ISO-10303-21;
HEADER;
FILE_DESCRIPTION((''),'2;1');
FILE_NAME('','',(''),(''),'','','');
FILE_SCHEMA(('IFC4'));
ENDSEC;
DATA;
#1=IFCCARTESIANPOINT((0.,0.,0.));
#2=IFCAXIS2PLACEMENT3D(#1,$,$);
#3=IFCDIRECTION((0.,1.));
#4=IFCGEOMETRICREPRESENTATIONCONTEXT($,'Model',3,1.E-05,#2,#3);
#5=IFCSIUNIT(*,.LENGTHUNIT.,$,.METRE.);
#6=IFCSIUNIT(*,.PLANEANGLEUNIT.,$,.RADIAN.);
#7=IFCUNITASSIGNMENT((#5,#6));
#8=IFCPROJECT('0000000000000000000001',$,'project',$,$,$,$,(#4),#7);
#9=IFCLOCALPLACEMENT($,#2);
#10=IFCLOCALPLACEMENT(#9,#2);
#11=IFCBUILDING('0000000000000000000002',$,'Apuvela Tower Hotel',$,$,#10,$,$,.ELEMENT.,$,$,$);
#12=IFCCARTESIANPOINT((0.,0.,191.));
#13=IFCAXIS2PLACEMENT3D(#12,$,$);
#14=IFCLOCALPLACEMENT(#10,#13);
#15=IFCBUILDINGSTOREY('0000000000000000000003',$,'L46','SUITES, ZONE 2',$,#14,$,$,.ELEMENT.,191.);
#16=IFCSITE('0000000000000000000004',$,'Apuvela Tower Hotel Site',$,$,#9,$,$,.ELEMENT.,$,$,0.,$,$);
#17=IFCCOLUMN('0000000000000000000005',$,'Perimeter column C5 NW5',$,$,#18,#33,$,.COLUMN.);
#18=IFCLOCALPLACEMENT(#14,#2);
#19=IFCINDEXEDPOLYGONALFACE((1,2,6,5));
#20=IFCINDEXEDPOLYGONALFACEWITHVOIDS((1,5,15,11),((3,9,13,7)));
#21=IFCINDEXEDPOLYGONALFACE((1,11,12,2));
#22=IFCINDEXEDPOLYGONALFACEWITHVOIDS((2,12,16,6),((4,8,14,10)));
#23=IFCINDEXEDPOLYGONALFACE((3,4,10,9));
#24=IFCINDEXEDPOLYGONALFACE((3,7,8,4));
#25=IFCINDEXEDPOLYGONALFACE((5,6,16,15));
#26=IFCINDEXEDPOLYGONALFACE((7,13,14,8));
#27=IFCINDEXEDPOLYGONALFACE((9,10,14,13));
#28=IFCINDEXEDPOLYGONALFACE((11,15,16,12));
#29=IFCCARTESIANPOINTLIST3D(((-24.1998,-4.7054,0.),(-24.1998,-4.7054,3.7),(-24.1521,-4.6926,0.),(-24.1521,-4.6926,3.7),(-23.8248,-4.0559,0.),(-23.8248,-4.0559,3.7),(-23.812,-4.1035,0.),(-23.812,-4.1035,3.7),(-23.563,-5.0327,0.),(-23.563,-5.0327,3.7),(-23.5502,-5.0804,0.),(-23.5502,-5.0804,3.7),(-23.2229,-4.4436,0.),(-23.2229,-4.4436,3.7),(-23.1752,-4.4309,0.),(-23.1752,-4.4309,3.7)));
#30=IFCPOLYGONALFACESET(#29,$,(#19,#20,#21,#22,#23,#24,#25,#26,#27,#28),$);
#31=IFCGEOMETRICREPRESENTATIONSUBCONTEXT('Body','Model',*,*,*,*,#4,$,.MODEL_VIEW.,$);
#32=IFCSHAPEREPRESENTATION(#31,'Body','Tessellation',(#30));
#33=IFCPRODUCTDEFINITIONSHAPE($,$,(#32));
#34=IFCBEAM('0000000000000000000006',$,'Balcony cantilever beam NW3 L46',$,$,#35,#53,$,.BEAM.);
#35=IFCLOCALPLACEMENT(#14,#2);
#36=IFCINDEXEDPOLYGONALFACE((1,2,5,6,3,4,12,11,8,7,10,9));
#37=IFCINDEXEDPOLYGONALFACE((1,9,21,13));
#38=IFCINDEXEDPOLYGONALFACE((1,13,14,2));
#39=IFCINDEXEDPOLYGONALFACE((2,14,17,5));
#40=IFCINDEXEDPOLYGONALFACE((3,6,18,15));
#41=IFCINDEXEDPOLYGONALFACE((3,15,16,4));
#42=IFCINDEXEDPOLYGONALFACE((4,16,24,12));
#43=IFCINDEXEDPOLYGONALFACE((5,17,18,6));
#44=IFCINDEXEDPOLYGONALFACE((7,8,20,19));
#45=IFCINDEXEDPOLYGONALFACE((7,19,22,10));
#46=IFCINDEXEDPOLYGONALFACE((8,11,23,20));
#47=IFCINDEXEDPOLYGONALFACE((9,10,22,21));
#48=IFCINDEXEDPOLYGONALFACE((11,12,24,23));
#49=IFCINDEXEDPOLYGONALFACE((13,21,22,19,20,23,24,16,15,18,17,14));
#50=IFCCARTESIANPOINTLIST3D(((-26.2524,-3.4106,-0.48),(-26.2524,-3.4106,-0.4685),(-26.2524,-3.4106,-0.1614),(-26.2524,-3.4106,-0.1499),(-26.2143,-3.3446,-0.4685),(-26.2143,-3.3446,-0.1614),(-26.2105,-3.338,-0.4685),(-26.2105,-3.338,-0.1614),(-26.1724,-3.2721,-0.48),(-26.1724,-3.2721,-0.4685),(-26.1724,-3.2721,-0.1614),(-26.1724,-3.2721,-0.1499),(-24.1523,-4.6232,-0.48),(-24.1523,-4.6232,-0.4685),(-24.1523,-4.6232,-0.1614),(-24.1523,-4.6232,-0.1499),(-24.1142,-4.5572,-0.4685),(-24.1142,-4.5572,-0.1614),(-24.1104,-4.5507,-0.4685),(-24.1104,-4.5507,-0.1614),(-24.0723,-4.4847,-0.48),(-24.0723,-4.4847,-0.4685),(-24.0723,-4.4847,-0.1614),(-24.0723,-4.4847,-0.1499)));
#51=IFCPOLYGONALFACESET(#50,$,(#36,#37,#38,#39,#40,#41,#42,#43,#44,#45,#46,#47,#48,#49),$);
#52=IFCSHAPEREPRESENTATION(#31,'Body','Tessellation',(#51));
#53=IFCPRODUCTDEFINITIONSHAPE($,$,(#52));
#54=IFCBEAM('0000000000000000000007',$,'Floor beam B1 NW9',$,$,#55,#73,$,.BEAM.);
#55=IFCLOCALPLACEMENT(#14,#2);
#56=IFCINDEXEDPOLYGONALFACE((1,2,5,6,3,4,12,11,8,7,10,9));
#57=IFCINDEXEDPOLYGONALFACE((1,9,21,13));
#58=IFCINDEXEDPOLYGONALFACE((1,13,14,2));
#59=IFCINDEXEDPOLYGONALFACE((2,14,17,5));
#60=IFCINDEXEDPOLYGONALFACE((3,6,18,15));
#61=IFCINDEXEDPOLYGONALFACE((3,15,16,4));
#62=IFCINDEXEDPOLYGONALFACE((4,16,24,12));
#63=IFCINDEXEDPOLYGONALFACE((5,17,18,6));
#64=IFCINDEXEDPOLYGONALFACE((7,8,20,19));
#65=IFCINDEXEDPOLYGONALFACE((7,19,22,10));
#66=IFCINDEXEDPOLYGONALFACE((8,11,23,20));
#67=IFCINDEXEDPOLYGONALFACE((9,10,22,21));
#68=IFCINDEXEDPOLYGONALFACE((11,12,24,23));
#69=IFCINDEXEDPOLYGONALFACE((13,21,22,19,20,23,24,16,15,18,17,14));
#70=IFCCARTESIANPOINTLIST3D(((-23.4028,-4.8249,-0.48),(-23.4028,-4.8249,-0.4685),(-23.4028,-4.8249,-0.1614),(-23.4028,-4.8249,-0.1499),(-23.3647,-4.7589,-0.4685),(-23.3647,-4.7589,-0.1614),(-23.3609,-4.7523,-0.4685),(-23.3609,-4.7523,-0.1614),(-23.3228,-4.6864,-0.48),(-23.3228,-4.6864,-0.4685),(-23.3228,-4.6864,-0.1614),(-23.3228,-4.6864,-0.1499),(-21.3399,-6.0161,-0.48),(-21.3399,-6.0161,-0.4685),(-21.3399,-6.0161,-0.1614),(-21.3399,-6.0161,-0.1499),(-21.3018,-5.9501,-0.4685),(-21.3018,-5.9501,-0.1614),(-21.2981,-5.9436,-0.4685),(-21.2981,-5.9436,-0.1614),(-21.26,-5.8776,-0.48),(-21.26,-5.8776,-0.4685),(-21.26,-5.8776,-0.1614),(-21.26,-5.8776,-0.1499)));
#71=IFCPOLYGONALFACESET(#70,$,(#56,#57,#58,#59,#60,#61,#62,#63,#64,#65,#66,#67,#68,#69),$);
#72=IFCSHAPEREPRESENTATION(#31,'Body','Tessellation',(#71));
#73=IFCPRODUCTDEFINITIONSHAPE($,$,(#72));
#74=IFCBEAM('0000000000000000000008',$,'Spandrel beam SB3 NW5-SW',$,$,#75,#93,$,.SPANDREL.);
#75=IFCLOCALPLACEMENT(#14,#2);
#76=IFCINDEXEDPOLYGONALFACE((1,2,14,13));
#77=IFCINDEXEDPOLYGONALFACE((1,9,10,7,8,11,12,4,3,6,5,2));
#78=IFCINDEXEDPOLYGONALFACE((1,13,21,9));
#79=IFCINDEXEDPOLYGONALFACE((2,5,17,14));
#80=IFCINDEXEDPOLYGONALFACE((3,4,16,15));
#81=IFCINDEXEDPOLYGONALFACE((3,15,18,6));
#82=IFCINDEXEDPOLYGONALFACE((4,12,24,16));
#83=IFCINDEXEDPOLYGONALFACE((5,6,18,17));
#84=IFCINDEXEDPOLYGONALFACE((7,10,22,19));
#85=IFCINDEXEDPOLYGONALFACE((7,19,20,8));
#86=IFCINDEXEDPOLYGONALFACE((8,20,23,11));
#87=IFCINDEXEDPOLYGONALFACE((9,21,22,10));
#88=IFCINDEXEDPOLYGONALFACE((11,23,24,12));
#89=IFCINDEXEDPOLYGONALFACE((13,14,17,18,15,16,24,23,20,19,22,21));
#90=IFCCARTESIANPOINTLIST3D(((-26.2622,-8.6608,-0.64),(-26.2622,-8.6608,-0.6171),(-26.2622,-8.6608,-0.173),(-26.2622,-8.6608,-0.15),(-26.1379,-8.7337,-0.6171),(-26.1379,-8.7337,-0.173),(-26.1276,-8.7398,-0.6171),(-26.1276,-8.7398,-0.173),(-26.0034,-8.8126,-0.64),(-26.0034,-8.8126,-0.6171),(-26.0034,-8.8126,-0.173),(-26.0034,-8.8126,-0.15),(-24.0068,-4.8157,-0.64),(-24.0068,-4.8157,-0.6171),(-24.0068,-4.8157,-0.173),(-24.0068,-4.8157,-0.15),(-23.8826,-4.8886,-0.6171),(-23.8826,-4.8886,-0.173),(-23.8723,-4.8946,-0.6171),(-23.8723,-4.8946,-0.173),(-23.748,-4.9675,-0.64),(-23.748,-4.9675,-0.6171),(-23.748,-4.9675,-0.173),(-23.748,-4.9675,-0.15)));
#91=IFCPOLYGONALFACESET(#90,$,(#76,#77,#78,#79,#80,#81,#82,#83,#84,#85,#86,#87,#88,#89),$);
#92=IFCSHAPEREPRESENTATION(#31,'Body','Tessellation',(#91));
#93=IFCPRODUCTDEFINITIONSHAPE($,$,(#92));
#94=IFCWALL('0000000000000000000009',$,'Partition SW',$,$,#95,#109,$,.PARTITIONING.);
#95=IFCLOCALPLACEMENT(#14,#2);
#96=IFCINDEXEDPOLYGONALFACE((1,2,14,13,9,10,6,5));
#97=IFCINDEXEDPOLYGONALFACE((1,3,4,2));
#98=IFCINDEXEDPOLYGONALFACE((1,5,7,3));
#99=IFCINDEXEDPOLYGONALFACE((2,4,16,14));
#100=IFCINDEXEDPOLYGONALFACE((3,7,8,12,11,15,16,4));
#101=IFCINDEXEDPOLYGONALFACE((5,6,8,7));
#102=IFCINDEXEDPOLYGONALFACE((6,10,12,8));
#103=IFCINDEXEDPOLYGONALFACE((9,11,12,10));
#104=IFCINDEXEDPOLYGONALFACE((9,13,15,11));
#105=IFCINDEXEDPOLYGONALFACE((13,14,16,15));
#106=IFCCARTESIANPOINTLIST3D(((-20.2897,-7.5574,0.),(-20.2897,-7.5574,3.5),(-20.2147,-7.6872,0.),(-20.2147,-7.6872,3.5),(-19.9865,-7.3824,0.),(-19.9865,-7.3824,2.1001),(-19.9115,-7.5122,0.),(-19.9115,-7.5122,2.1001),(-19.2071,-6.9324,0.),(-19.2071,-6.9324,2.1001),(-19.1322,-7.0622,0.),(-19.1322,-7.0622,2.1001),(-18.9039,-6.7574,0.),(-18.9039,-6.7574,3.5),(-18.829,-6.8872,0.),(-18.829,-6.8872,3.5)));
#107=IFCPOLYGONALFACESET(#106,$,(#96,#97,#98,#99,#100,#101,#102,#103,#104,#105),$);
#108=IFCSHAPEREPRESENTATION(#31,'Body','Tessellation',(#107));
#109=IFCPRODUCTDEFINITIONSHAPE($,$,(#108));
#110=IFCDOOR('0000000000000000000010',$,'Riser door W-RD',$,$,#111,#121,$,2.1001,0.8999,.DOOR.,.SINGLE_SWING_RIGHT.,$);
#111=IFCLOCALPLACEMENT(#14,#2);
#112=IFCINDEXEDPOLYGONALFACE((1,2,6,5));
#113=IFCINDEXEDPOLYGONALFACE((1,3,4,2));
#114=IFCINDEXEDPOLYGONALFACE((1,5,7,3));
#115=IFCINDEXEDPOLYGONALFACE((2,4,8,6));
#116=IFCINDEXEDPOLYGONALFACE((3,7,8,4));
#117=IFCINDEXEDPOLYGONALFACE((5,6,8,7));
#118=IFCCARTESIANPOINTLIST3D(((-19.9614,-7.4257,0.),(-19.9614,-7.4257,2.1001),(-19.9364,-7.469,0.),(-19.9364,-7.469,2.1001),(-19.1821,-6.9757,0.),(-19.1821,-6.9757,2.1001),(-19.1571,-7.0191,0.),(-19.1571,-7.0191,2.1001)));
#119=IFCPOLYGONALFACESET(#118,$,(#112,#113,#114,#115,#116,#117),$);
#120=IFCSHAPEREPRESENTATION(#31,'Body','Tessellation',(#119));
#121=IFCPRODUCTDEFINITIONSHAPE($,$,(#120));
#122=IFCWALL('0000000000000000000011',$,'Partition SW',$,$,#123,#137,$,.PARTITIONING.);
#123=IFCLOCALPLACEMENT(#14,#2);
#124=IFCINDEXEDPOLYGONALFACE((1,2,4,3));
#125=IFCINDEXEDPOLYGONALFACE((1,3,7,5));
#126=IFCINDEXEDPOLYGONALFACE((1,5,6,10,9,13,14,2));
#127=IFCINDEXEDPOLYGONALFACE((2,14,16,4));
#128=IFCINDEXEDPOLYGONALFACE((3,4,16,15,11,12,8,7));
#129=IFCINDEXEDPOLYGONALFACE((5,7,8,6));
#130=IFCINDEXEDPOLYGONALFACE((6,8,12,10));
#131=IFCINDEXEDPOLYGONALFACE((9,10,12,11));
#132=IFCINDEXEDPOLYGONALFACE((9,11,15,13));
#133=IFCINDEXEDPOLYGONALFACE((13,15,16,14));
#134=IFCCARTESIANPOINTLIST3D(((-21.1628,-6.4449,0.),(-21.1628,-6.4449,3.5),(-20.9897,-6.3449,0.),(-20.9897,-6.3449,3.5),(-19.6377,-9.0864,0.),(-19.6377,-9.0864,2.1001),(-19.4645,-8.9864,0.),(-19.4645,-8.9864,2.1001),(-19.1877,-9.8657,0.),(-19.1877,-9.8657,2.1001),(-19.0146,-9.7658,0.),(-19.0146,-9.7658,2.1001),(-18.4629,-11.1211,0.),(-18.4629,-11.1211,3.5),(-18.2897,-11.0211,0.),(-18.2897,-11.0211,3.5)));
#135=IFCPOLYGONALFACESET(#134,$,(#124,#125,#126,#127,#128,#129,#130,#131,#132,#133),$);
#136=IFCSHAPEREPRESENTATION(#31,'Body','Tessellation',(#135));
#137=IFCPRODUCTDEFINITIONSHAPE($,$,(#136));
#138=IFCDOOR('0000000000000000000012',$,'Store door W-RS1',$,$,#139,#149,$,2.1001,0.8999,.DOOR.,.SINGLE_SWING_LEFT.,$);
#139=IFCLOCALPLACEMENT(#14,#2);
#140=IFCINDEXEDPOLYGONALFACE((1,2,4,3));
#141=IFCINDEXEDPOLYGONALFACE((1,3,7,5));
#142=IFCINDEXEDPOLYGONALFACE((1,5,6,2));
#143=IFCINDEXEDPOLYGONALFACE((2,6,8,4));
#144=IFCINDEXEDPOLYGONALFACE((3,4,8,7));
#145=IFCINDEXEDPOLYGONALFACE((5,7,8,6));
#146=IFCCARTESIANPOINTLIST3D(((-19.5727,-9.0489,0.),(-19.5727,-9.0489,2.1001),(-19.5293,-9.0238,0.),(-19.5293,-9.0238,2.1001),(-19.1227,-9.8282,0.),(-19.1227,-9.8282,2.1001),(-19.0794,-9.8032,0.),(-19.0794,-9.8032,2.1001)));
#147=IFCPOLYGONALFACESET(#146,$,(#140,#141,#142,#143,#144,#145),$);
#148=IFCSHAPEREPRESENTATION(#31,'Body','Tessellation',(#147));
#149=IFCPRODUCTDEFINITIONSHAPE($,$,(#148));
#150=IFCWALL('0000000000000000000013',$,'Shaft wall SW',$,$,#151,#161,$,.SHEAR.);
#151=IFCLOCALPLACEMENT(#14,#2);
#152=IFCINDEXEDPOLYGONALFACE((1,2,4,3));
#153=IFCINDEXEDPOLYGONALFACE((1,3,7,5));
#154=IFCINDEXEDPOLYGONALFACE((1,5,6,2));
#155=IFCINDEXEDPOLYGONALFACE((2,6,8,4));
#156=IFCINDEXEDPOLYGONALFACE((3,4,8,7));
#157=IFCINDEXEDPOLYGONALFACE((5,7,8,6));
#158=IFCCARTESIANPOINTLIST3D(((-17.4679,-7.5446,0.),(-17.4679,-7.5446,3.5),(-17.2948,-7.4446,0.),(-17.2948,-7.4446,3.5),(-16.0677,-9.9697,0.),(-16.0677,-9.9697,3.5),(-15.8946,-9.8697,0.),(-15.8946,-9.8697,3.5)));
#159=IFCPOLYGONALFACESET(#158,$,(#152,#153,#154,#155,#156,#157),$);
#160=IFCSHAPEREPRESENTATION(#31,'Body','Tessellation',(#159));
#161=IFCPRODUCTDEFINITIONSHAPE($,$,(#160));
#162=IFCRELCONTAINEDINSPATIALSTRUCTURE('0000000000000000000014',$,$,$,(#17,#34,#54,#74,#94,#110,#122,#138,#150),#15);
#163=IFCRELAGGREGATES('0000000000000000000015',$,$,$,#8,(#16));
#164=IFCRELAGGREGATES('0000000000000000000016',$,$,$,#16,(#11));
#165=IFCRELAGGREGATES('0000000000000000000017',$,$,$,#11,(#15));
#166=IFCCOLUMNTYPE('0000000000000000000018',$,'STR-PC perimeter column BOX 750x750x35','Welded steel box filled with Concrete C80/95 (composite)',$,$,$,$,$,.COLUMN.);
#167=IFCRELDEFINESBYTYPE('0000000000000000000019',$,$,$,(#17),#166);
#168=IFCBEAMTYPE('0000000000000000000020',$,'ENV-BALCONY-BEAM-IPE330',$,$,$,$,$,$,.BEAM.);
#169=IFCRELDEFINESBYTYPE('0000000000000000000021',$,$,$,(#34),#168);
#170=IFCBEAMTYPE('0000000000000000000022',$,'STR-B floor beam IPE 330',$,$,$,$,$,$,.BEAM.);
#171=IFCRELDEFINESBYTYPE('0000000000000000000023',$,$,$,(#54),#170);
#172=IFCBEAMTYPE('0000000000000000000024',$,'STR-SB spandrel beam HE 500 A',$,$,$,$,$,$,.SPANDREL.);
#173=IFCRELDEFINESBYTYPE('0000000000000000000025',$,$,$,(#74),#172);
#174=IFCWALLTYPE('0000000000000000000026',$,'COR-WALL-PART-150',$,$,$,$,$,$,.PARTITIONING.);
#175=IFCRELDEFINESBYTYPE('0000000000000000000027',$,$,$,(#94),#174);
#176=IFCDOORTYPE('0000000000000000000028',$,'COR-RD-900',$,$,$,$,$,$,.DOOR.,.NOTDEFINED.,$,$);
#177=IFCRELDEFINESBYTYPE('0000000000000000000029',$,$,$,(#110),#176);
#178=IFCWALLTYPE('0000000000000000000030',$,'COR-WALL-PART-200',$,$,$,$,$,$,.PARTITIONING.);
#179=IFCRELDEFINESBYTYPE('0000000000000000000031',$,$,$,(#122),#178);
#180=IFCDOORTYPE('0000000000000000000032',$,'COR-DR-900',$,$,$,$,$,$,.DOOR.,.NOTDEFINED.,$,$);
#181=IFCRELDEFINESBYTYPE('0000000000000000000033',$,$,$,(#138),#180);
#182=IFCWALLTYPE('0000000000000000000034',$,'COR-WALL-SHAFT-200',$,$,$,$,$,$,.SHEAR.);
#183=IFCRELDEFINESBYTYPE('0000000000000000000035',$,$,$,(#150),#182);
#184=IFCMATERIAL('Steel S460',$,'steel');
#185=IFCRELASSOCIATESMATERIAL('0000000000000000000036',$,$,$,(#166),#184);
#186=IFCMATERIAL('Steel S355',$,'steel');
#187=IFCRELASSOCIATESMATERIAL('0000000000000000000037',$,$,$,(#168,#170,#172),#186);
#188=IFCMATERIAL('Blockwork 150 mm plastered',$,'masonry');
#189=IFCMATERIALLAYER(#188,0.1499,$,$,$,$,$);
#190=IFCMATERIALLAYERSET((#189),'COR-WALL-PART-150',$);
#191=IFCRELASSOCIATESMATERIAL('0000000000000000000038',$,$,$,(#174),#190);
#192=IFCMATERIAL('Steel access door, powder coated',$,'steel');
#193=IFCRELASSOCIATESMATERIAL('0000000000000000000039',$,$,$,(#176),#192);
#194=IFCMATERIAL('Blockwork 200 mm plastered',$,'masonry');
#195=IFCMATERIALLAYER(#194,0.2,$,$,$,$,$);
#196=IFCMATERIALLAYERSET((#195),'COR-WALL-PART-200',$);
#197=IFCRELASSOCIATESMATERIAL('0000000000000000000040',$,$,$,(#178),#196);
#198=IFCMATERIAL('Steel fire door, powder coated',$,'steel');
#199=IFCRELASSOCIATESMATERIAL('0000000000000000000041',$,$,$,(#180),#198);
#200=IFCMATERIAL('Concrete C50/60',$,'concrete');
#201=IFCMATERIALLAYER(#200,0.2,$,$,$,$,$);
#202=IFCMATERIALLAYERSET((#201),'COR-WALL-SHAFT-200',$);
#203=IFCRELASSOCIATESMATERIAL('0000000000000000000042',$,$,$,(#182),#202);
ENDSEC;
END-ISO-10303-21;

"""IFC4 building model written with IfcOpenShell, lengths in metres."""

from ifc_helpers import new_model, si_unit, direction, frame, frame_2d, origin, origin_2d, place, context, subcontext, project, spatial, rectangle, hollow_rectangle, i_section, extrude, material, layer, layer_set, material_profile, profile_set, type_object, element, fill, save


model = new_model("IFC4")

# Units and contexts
model_context = context("Model", 3, precision=1e-05, world=origin(), true_north=direction((0.0, 1.0)))
body_context = subcontext(model_context, "Body", "Model", "MODEL_VIEW")
ifc_project = project(units=[si_unit("LENGTHUNIT", "METRE"), si_unit("PLANEANGLEUNIT", "RADIAN")], contexts=[model_context])

# Site, building, storey
site_placement = place(None, origin())
site = spatial("IfcSite", under=ifc_project, at=site_placement, Name="Apuvela Tower Hotel Site", CompositionType="ELEMENT", RefElevation=0.0)
building_placement = place(site_placement, origin())
building = spatial("IfcBuilding", under=site, at=building_placement, Name="Apuvela Tower Hotel", CompositionType="ELEMENT")
storey_placement = place(building_placement, frame((0.0, 0.0, 191.0)))
storey = spatial("IfcBuildingStorey", under=building, at=storey_placement, Name="L46", Description="SUITES, ZONE 2", CompositionType="ELEMENT", Elevation=191.0)

# Column
ifc_material_1 = material(Name="Steel S460", Category="steel")
ifc_material_profile_1 = material_profile(ifc_material_1, hollow_rectangle(XDim=0.75, YDim=0.75, WallThickness=0.0349, at=origin_2d()), Name="BOX 750x750x35")
ifc_material_2 = material(Name="Concrete C80/95", Category="concrete")
ifc_material_profile_2 = material_profile(ifc_material_2, rectangle(XDim=0.6799, YDim=0.6799, at=origin_2d()), Name="Concrete C80/95 infill")
ifc_profile_set_1 = profile_set([ifc_material_profile_1, ifc_material_profile_2], Name="Steel S460")
column_type = type_object("IfcColumnType", Name="STR-PC perimeter column BOX 750x750x35", Description="Welded steel box filled with Concrete C80/95 (composite)", PredefinedType="COLUMN", material=ifc_profile_set_1)
column_placement = place(storey_placement, frame((-23.6875, -4.5681, 0.0), z_axis=(0.0, 0.0, 1.0), x_axis=(0.5, 0.866025, 0.0)))
element("IfcColumn", 1, at=column_placement, inside=storey, type_object=column_type, Name="Perimeter column C5 NW5", PredefinedType="COLUMN", context=body_context, shape_type="SweptSolid", body=[
    extrude(hollow_rectangle(XDim=0.75, YDim=0.75, WallThickness=0.0349, at=origin_2d()), origin(), (0.0, 0.0, 1.0), 3.7),
])

# Beams
ifc_material_3 = material(Name="Steel S355", Category="steel")
ifc_material_profile_3 = material_profile(ifc_material_3, i_section(OverallWidth=0.1599, OverallDepth=0.3301, WebThickness=0.0076, FlangeThickness=0.0115, at=origin_2d()), Name="IPE 330")
ifc_profile_set_2 = profile_set([ifc_material_profile_3], Name="Steel S355")
beam_type_1 = type_object("IfcBeamType", Name="ENV-BALCONY-BEAM-IPE330", PredefinedType="BEAM", material=ifc_profile_set_2)
beam_1_placement = place(storey_placement, frame((-24.1123, -4.554, -0.3149), z_axis=(-0.865998, 0.500048, 0.0), x_axis=(-0.500048, -0.865998, 0.0)))
element("IfcBeam", 2, at=beam_1_placement, inside=storey, type_object=beam_type_1, Name="Balcony cantilever beam NW3 L46", PredefinedType="BEAM", context=body_context, shape_type="SweptSolid", body=[
    extrude(i_section(OverallWidth=0.1599, OverallDepth=0.3301, WebThickness=0.0076, FlangeThickness=0.0115, at=origin_2d()), origin(), (0.0, 0.0, 1.0), 2.425),
])
ifc_material_profile_4 = material_profile(ifc_material_3, i_section(OverallWidth=0.1599, OverallDepth=0.3301, WebThickness=0.0076, FlangeThickness=0.0115, at=origin_2d()), Name="IPE 330")
ifc_profile_set_3 = profile_set([ifc_material_profile_4], Name="Steel S355")
beam_type_2 = type_object("IfcBeamType", Name="STR-B floor beam IPE 330", PredefinedType="BEAM", material=ifc_profile_set_3)
beam_2_placement = place(storey_placement, frame((-23.3628, -4.7556, -0.3149), z_axis=(0.865982, -0.500074, 0.0), x_axis=(0.500074, 0.865982, 0.0)))
element("IfcBeam", 3, at=beam_2_placement, inside=storey, type_object=beam_type_2, Name="Floor beam B1 NW9", PredefinedType="BEAM", context=body_context, shape_type="SweptSolid", body=[
    extrude(i_section(OverallWidth=0.1599, OverallDepth=0.3301, WebThickness=0.0076, FlangeThickness=0.0115, at=origin_2d()), origin(), (0.0, 0.0, 1.0), 2.3821),
])
ifc_material_profile_5 = material_profile(ifc_material_3, i_section(OverallWidth=0.3, OverallDepth=0.49, WebThickness=0.012, FlangeThickness=0.0229, at=origin_2d()), Name="HE 500 A")
ifc_profile_set_4 = profile_set([ifc_material_profile_5], Name="Steel S355")
beam_type_3 = type_object("IfcBeamType", Name="STR-SB spandrel beam HE 500 A", PredefinedType="SPANDREL", material=ifc_profile_set_4)
beam_3_placement = place(storey_placement, frame((-23.8774, -4.8916, -0.395), z_axis=(-0.505933, -0.862573, 0.0), x_axis=(0.862573, -0.505933, 0.0)))
element("IfcBeam", 4, at=beam_3_placement, inside=storey, type_object=beam_type_3, Name="Spandrel beam SB3 NW5-SW", PredefinedType="SPANDREL", context=body_context, shape_type="SweptSolid", body=[
    extrude(i_section(OverallWidth=0.3, OverallDepth=0.49, WebThickness=0.012, FlangeThickness=0.0229, at=origin_2d()), origin(), (0.0, 0.0, 1.0), 4.4578),
])

# Walls, openings, doors
ifc_material_4 = material(Name="Blockwork 150 mm plastered", Category="masonry")
ifc_layer_1 = layer(ifc_material_4, 0.1499)
ifc_layer_set_1 = layer_set([ifc_layer_1], Name="COR-WALL-PART-150")
wall_type_1 = type_object("IfcWallType", Name="COR-WALL-PART-150", PredefinedType="PARTITIONING", material=ifc_layer_set_1)
wall_1_placement = place(storey_placement, frame((-18.8665, -6.8223, 0.0), z_axis=(0.0, 0.0, 1.0), x_axis=(-0.866028, -0.499995, 0.0)))
wall_1 = element("IfcWall", 5, at=wall_1_placement, inside=storey, type_object=wall_type_1, Name="Partition SW", PredefinedType="PARTITIONING", context=body_context, shape_type="SweptSolid", body=[
    extrude(rectangle(XDim=1.6001, YDim=0.1499, at=frame_2d((0.8, 0.0))), origin(), (0.0, 0.0, 1.0), 3.5),
])
opening_1_placement = place(wall_1_placement, frame((0.3501, 0.0, 0.0)))
opening_1 = element("IfcOpeningElement", 6, at=opening_1_placement, cuts=wall_1, PredefinedType="OPENING", context=body_context, shape_type="SweptSolid", body=[
    extrude(rectangle(XDim=0.8999, YDim=2.1001, at=frame_2d((0.45, 1.05))), frame((0.0, 0.085, 0.0), z_axis=(0.0, -1.0, 0.0), x_axis=(1.0, 0.0, 0.0)), (0.0, 0.0, 1.0), 0.1699),
])
ifc_material_5 = material(Name="Steel access door, powder coated", Category="steel")
door_type_1 = type_object("IfcDoorType", Name="COR-RD-900", OperationType="NOTDEFINED", PredefinedType="DOOR", material=ifc_material_5)
door_1_placement = place(opening_1_placement, frame((0.8999, 0.0, 0.0), z_axis=(0.0, 0.0, 1.0), x_axis=(-1.0, 0.0, 0.0)))
door_1 = element("IfcDoor", 7, at=door_1_placement, inside=storey, type_object=door_type_1, Name="Riser door W-RD", OperationType="SINGLE_SWING_RIGHT", OverallHeight=2.1001, OverallWidth=0.8999, PredefinedType="DOOR", context=body_context, shape_type="SweptSolid", body=[
    extrude(rectangle(XDim=0.8999, YDim=2.1001, at=frame_2d((0.45, 1.05))), frame((0.0, 0.0249, 0.0), z_axis=(0.0, -1.0, 0.0), x_axis=(1.0, 0.0, 0.0)), (0.0, 0.0, 1.0), 0.05),
])
fill(opening_1, door_1)
ifc_material_6 = material(Name="Blockwork 200 mm plastered", Category="masonry")
ifc_layer_2 = layer(ifc_material_6, 0.2)
ifc_layer_set_2 = layer_set([ifc_layer_2], Name="COR-WALL-PART-200")
wall_type_2 = type_object("IfcWallType", Name="COR-WALL-PART-200", PredefinedType="PARTITIONING", material=ifc_layer_set_2)
wall_2_placement = place(storey_placement, frame((-21.0762, -6.395, 0.0), z_axis=(0.0, 0.0, 1.0), x_axis=(0.500015, -0.866017, 0.0)))
wall_2 = element("IfcWall", 8, at=wall_2_placement, inside=storey, type_object=wall_type_2, Name="Partition SW", PredefinedType="PARTITIONING", context=body_context, shape_type="SweptSolid", body=[
    extrude(rectangle(XDim=5.3997, YDim=0.2, at=frame_2d((2.6997, 0.0))), origin(), (0.0, 0.0, 1.0), 3.5),
])
opening_2_placement = place(wall_2_placement, frame((3.05, 0.0, 0.0)))
opening_2 = element("IfcOpeningElement", 9, at=opening_2_placement, cuts=wall_2, PredefinedType="OPENING", context=body_context, shape_type="SweptSolid", body=[
    extrude(rectangle(XDim=0.8999, YDim=2.1001, at=frame_2d((0.45, 1.05))), frame((0.0, 0.1099, 0.0), z_axis=(0.0, -1.0, 0.0), x_axis=(1.0, 0.0, 0.0)), (0.0, 0.0, 1.0), 0.22),
])
ifc_material_7 = material(Name="Steel fire door, powder coated", Category="steel")
door_type_2 = type_object("IfcDoorType", Name="COR-DR-900", OperationType="NOTDEFINED", PredefinedType="DOOR", material=ifc_material_7)
door_2_placement = place(opening_2_placement, frame((0.8999, 0.0, 0.0), z_axis=(0.0, 0.0, 1.0), x_axis=(-1.0, 0.0, 0.0)))
door_2 = element("IfcDoor", 10, at=door_2_placement, inside=storey, type_object=door_type_2, Name="Store door W-RS1", OperationType="SINGLE_SWING_LEFT", OverallHeight=2.1001, OverallWidth=0.8999, PredefinedType="DOOR", context=body_context, shape_type="SweptSolid", body=[
    extrude(rectangle(XDim=0.8999, YDim=2.1001, at=frame_2d((0.45, 1.05))), frame((0.0, 0.0249, 0.0), z_axis=(0.0, -1.0, 0.0), x_axis=(1.0, 0.0, 0.0)), (0.0, 0.0, 1.0), 0.05),
])
fill(opening_2, door_2)

# Wall
ifc_material_8 = material(Name="Concrete C50/60", Category="concrete")
ifc_layer_3 = layer(ifc_material_8, 0.2)
ifc_layer_set_3 = layer_set([ifc_layer_3], Name="COR-WALL-SHAFT-200")
wall_type_3 = type_object("IfcWallType", Name="COR-WALL-SHAFT-200", PredefinedType="SHEAR", material=ifc_layer_set_3)
wall_3_placement = place(storey_placement, frame((-17.3813, -7.4946, 0.0), z_axis=(0.0, 0.0, 1.0), x_axis=(0.500012, -0.866019, 0.0)))
element("IfcWall", 11, at=wall_3_placement, inside=storey, type_object=wall_type_3, Name="Shaft wall SW", PredefinedType="SHEAR", context=body_context, shape_type="SweptSolid", body=[
    extrude(rectangle(XDim=2.8003, YDim=0.2, at=frame_2d((1.4001, 0.0))), origin(), (0.0, 0.0, 1.0), 3.5),
])

save(model, "model.ifc")
